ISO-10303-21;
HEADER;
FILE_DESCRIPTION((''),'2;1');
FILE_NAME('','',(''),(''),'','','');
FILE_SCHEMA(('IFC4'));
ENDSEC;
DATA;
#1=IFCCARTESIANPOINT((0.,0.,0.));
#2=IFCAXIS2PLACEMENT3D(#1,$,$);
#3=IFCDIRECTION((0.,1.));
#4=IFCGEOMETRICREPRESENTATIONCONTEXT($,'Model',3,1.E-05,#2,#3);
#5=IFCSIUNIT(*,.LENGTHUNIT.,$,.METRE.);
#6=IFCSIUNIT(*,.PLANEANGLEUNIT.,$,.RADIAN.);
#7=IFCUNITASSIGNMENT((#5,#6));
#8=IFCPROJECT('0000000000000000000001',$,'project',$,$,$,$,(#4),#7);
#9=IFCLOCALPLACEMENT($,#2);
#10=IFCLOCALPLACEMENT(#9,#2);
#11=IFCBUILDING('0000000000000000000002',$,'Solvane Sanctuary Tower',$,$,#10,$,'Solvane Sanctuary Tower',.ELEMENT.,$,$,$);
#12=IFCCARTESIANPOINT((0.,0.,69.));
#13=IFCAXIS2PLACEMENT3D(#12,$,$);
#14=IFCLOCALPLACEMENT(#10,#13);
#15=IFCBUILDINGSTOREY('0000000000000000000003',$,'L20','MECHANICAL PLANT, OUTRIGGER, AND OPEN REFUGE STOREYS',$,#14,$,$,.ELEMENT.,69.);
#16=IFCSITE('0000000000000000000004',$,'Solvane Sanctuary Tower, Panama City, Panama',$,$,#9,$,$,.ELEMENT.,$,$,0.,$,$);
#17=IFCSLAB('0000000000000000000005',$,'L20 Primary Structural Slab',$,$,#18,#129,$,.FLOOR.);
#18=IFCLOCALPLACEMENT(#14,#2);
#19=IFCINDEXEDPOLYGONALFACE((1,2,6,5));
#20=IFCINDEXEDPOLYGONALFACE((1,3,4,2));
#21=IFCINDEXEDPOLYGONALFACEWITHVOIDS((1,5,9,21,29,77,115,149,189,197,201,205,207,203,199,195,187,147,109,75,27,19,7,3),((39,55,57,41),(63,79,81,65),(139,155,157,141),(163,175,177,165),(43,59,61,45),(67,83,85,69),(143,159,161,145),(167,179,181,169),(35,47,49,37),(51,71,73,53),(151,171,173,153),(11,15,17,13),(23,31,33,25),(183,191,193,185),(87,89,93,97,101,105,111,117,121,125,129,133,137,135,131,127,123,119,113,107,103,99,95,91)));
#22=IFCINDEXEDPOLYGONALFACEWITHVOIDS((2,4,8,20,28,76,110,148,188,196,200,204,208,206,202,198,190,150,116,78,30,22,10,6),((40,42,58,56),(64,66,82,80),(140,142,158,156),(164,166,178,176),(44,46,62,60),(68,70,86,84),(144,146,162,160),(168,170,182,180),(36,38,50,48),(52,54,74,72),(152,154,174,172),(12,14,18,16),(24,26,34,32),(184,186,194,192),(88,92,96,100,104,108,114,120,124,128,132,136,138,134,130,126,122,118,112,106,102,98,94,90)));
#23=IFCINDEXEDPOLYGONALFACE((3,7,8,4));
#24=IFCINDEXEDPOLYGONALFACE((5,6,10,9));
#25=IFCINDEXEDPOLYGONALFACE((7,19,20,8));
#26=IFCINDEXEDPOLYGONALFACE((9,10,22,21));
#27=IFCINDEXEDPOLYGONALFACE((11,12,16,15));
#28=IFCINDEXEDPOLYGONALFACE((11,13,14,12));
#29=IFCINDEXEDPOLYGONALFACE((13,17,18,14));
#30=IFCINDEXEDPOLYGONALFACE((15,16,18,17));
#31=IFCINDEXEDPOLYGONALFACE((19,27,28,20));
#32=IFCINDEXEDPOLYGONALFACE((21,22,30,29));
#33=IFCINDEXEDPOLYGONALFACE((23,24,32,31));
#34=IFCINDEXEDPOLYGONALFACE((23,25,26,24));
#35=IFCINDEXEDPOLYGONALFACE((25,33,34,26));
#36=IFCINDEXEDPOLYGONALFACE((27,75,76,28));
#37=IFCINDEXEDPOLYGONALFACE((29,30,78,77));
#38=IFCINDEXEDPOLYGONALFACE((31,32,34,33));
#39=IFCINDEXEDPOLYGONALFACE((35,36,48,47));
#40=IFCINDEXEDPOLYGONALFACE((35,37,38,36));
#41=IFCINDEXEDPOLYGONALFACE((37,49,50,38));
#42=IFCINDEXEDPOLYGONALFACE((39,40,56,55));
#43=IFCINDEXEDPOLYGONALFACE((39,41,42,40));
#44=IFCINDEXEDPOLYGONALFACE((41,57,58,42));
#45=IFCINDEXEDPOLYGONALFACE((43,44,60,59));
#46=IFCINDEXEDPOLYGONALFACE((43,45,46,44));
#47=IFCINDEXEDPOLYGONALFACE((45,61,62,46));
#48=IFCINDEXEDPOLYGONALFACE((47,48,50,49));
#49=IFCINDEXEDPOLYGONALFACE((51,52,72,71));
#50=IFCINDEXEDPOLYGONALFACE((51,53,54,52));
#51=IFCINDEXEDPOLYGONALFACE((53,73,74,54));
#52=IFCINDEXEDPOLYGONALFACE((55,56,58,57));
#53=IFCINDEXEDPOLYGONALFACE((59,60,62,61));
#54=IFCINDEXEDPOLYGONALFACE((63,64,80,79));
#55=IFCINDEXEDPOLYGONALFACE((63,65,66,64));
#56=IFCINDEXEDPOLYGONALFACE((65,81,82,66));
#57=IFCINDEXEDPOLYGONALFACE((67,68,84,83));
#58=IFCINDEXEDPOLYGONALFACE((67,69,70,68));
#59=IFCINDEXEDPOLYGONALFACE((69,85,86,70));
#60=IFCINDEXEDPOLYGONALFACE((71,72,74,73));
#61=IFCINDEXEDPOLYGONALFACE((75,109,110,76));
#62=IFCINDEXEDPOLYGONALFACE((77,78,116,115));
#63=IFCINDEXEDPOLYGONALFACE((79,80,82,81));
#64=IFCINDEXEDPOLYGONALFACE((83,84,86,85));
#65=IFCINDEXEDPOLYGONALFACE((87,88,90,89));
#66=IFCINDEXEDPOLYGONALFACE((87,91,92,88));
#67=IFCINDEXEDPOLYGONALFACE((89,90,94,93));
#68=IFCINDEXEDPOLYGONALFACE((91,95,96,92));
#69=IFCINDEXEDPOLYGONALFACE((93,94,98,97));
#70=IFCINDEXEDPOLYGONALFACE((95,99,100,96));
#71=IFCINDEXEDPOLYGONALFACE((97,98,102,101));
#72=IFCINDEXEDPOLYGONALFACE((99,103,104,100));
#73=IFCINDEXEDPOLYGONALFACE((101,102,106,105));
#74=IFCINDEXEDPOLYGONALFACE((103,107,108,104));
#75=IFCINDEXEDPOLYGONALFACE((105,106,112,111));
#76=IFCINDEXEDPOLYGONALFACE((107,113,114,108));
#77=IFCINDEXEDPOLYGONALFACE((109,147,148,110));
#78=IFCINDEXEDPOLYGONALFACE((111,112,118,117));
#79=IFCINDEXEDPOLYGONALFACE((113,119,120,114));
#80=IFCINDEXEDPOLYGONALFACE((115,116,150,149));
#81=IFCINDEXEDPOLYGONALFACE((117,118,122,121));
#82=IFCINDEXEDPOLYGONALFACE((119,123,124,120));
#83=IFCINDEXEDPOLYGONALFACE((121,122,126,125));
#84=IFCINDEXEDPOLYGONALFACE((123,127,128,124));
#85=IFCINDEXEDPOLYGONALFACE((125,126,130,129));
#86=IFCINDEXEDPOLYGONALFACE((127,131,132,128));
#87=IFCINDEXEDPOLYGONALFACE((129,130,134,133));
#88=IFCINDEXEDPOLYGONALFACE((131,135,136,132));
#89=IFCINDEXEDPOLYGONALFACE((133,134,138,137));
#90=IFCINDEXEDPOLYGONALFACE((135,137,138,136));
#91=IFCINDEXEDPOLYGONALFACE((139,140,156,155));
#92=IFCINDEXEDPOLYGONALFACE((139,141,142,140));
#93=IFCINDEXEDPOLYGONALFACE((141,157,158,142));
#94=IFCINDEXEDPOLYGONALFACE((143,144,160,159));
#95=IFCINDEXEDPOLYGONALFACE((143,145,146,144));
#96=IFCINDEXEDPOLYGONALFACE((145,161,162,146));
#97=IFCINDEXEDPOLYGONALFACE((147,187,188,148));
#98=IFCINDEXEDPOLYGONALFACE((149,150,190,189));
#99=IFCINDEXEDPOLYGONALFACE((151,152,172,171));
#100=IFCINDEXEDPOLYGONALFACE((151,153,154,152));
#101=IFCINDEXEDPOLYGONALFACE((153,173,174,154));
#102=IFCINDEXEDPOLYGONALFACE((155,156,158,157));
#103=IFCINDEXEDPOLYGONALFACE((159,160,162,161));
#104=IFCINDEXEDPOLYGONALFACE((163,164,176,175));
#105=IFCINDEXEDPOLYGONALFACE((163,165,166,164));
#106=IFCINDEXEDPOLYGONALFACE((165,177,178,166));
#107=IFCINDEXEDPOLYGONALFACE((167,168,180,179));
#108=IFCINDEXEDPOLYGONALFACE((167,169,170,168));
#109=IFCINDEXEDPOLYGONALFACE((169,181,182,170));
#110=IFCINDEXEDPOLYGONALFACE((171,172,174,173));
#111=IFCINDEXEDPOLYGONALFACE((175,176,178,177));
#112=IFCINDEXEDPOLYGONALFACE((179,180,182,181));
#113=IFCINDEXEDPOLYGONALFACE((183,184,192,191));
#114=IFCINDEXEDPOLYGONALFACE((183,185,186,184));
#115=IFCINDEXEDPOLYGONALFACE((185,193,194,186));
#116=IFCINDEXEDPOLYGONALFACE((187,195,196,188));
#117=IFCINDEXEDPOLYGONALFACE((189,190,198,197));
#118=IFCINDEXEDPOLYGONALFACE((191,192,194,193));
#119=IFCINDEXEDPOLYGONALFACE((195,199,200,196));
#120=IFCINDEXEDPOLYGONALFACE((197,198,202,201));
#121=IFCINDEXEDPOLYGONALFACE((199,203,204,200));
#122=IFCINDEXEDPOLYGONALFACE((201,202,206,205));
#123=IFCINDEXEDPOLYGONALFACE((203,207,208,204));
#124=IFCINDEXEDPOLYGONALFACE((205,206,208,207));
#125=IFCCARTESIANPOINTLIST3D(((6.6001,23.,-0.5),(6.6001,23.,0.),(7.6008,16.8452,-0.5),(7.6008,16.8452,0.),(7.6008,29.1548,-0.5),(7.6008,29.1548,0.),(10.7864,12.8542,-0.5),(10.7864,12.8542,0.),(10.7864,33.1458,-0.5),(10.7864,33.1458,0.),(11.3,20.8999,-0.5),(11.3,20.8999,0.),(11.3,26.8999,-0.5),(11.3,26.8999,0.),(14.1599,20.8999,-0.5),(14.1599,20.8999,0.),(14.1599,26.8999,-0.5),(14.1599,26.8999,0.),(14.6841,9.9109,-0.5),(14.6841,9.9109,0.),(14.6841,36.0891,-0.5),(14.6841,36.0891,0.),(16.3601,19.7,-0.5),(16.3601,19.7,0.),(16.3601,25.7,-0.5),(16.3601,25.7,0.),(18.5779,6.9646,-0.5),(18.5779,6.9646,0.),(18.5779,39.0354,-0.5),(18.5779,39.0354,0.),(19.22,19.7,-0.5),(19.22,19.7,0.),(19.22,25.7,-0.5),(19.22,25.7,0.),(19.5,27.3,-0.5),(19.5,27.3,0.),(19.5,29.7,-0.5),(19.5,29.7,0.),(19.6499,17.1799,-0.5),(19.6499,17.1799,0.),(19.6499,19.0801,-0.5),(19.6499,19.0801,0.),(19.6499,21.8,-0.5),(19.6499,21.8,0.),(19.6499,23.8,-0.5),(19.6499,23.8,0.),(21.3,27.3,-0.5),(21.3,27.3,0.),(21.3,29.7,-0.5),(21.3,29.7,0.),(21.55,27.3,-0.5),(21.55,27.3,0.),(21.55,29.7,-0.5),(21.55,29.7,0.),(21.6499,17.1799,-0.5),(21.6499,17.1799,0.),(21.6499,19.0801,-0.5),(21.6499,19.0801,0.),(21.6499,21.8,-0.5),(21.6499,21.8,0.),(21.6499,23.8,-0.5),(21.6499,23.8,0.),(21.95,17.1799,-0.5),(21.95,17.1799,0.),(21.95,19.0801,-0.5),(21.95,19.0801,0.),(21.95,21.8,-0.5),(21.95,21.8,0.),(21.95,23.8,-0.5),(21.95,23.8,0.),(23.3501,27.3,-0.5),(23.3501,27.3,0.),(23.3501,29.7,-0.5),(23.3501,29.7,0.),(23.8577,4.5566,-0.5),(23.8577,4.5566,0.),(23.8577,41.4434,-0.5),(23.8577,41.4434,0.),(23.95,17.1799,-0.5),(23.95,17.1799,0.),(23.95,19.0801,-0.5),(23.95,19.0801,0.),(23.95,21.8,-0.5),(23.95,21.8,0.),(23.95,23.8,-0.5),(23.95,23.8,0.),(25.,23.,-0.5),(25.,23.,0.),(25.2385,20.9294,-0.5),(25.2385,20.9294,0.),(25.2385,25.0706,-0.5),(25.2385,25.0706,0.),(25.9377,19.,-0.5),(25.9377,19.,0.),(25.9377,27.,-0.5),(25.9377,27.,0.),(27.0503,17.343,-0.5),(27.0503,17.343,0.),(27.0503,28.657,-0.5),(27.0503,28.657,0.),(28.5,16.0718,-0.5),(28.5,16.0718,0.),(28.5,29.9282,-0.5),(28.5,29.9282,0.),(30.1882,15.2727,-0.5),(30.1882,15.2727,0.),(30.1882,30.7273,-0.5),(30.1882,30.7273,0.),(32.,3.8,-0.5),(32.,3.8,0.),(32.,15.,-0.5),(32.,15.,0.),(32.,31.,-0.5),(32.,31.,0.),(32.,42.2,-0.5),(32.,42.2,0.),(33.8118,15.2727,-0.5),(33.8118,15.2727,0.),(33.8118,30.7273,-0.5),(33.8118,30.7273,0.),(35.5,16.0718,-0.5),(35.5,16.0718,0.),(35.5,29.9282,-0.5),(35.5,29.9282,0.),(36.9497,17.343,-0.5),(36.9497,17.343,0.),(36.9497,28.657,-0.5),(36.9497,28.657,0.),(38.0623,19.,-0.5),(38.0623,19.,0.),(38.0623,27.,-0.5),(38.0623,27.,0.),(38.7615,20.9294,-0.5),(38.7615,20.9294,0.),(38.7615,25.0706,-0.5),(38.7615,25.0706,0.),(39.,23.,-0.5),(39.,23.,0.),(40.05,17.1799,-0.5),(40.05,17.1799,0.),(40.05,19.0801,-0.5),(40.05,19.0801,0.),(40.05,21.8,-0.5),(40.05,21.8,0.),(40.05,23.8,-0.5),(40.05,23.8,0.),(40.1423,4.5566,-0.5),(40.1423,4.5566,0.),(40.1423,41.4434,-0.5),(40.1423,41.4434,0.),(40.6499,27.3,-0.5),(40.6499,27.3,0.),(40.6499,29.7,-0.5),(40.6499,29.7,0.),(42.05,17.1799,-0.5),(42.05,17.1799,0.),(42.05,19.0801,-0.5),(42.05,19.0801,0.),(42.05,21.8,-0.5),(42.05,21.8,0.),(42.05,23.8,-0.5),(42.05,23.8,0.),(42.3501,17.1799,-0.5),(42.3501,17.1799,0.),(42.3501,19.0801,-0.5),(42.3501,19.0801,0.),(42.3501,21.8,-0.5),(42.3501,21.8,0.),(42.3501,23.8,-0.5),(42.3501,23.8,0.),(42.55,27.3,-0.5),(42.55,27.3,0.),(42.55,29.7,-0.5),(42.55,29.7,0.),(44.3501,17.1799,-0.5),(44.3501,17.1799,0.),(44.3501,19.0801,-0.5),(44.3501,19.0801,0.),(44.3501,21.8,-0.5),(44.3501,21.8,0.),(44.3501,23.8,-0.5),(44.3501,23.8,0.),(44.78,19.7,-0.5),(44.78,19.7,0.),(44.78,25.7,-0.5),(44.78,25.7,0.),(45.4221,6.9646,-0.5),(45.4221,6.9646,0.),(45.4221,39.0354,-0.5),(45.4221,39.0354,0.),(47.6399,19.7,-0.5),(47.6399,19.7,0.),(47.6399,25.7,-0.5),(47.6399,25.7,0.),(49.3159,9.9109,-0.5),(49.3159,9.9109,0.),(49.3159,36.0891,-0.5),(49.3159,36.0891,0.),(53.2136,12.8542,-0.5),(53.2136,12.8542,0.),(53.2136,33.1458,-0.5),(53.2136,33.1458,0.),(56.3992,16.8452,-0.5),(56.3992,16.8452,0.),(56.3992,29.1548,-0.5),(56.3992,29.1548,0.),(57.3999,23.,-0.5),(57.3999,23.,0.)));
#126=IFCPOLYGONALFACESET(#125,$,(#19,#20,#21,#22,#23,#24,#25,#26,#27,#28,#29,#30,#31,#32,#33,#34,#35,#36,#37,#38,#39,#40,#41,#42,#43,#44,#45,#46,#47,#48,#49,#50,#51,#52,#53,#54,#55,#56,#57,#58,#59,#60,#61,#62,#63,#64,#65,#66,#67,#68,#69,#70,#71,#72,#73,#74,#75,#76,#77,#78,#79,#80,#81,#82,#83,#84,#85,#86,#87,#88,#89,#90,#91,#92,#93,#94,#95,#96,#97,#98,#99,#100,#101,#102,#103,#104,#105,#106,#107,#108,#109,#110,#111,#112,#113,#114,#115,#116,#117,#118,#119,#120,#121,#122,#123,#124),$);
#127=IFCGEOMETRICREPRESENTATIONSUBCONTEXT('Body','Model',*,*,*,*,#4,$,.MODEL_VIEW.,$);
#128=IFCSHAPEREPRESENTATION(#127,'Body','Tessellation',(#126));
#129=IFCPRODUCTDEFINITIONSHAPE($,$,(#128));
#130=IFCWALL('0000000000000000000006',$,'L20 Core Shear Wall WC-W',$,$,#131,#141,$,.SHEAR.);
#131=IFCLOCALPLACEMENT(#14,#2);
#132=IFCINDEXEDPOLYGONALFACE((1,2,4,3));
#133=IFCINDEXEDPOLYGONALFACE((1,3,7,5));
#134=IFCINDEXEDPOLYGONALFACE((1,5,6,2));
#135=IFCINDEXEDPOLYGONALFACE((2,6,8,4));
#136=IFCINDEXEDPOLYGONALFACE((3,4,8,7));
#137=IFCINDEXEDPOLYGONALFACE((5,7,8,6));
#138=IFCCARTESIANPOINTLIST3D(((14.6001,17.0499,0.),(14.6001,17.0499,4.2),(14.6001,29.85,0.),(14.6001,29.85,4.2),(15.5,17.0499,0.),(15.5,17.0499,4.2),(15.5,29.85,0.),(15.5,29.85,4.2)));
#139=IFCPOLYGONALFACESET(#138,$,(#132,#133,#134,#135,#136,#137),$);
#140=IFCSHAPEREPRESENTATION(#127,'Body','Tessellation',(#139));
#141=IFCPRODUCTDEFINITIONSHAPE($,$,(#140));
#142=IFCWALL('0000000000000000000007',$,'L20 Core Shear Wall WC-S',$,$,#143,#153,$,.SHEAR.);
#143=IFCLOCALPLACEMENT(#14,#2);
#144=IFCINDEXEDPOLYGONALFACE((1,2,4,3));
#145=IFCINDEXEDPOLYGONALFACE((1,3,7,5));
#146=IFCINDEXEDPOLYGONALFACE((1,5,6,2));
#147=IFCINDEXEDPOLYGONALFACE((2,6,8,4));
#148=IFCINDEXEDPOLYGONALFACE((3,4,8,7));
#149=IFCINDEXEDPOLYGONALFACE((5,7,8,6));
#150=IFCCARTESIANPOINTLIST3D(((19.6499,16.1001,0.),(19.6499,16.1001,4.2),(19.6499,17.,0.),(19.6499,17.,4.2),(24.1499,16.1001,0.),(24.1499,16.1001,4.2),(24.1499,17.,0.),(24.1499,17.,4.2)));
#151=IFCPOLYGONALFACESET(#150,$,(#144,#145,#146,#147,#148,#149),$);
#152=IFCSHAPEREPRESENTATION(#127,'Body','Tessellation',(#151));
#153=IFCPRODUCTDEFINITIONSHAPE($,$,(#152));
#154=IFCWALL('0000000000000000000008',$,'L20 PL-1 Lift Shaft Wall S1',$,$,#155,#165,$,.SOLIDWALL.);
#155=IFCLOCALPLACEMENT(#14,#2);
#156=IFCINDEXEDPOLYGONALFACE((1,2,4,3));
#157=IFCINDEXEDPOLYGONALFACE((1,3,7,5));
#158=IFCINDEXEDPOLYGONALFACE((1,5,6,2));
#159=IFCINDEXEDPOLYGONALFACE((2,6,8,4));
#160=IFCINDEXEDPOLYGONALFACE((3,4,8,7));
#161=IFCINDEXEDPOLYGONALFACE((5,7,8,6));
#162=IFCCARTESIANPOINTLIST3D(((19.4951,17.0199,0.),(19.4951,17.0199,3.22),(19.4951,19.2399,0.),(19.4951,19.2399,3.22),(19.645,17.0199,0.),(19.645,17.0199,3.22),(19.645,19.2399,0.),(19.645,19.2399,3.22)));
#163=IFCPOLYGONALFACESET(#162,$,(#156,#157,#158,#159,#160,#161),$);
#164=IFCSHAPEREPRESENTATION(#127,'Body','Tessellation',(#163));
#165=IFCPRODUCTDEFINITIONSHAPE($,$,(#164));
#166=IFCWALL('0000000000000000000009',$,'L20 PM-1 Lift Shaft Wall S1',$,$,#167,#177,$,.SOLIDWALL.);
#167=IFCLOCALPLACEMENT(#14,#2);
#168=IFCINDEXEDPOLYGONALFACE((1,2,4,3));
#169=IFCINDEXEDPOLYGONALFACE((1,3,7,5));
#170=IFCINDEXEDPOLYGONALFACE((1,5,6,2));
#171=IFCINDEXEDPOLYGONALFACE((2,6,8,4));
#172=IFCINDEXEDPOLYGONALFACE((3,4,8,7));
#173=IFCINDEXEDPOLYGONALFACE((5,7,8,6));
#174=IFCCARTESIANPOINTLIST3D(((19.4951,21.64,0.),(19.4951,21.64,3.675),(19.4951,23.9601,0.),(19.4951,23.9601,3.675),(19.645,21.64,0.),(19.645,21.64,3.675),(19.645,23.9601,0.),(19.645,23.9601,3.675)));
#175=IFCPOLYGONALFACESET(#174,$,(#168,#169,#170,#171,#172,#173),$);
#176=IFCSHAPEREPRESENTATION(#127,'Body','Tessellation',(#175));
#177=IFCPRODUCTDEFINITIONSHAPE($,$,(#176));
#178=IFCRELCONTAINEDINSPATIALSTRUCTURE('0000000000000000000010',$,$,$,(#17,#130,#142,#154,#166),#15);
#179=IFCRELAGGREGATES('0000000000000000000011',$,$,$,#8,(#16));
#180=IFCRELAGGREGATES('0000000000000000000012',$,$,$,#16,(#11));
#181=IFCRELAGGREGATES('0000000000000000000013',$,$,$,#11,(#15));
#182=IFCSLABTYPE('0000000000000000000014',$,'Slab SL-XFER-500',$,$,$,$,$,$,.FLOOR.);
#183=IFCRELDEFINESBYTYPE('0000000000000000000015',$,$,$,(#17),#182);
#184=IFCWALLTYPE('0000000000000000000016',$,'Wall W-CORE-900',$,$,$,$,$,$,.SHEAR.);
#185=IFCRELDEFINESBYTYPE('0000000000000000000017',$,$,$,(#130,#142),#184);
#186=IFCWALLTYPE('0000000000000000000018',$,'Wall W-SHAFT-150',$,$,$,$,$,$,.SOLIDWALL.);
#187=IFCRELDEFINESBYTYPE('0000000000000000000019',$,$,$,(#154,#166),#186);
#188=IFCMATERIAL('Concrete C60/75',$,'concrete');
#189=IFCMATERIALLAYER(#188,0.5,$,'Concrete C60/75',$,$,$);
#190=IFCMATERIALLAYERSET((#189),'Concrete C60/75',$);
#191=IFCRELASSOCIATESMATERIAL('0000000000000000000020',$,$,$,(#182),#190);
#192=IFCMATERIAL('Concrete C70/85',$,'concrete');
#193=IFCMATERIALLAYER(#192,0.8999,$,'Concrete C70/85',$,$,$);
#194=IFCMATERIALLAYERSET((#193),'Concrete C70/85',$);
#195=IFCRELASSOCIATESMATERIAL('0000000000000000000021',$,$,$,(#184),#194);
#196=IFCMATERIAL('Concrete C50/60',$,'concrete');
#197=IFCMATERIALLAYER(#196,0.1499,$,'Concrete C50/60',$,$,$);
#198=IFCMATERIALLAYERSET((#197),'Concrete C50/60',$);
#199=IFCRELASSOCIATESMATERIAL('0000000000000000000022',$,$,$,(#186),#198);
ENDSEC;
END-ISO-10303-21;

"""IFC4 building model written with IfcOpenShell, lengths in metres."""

from ifc_helpers import new_model, si_unit, direction, frame, frame_2d, origin, place, context, subcontext, project, spatial, polyline, rectangle, outline, extrude, material, layer, layer_set, type_object, element, save


model = new_model("IFC4")

# Units and contexts
model_context = context("Model", 3, precision=1e-05, world=origin(), true_north=direction((0.0, 1.0)))
body_context = subcontext(model_context, "Body", "Model", "MODEL_VIEW")
ifc_project = project(units=[si_unit("LENGTHUNIT", "METRE"), si_unit("PLANEANGLEUNIT", "RADIAN")], contexts=[model_context])

# Site, building, storey
site_placement = place(None, origin())
site = spatial("IfcSite", under=ifc_project, at=site_placement, Name="Solvane Sanctuary Tower, Panama City, Panama", CompositionType="ELEMENT", RefElevation=0.0)
building_placement = place(site_placement, origin())
building = spatial("IfcBuilding", under=site, at=building_placement, Name="Solvane Sanctuary Tower", LongName="Solvane Sanctuary Tower", CompositionType="ELEMENT")
storey_placement = place(building_placement, frame((0.0, 0.0, 69.0)))
storey = spatial("IfcBuildingStorey", under=building, at=storey_placement, Name="L20", Description="MECHANICAL PLANT, OUTRIGGER, AND OPEN REFUGE STOREYS", CompositionType="ELEMENT", Elevation=69.0)

# Shared definitions
ifc_material_1 = material(Name="Concrete C70/85", Category="concrete")
ifc_material_2 = material(Name="Concrete C60/75", Category="concrete")

# Slab
ifc_layer_1 = layer(ifc_material_2, 0.5, Name="Concrete C60/75")
ifc_layer_set_1 = layer_set([ifc_layer_1], Name="Concrete C60/75")
slab_type_1 = type_object("IfcSlabType", Name="Slab SL-XFER-500", PredefinedType="FLOOR", material=ifc_layer_set_1)
slab_1_placement = place(storey_placement, frame((0.0, 0.0, -0.5)))
element("IfcSlab", 1, at=slab_1_placement, inside=storey, type_object=slab_type_1, Name="L20 Primary Structural Slab", PredefinedType="FLOOR", context=body_context, shape_type="SweptSolid", body=[
    extrude(outline(polyline([(57.3999, 23.0), (56.3992, 29.1548), (53.2136, 33.1458), (49.3159, 36.0891), (45.4221, 39.0354), (40.1423, 41.4434), (32.0, 42.2), (23.8577, 41.4434), (18.5779, 39.0354), (14.6841, 36.0891), (10.7864, 33.1458), (7.6008, 29.1548), (6.6001, 23.0), (7.6008, 16.8452), (10.7864, 12.8542), (14.6841, 9.9109), (18.5779, 6.9646), (23.8577, 4.5566), (32.0, 3.8), (40.1423, 4.5566), (45.4221, 6.9646), (49.3159, 9.9109), (53.2136, 12.8542), (56.3992, 16.8452), (57.3999, 23.0)]), holes=[polyline([(38.7615, 20.9294), (38.0623, 19.0), (36.9497, 17.343), (35.5, 16.0718), (33.8118, 15.2727), (32.0, 15.0), (30.1882, 15.2727), (28.5, 16.0718), (27.0503, 17.343), (25.9377, 19.0), (25.2385, 20.9294), (25.0, 23.0), (25.2385, 25.0706), (25.9377, 27.0), (27.0503, 28.657), (28.5, 29.9282), (30.1882, 30.7273), (32.0, 31.0), (33.8118, 30.7273), (35.5, 29.9282), (36.9497, 28.657), (38.0623, 27.0), (38.7615, 25.0706), (39.0, 23.0), (38.7615, 20.9294)]), polyline([(16.3601, 19.7), (16.3601, 25.7), (19.22, 25.7), (19.22, 19.7), (16.3601, 19.7)]), polyline([(44.78, 19.7), (44.78, 25.7), (47.6399, 25.7), (47.6399, 19.7), (44.78, 19.7)]), polyline([(11.3, 20.8999), (11.3, 26.8999), (14.1599, 26.8999), (14.1599, 20.8999), (11.3, 20.8999)]), polyline([(19.6499, 19.0801), (21.6499, 19.0801), (21.6499, 17.1799), (19.6499, 17.1799), (19.6499, 19.0801)]), polyline([(21.95, 19.0801), (23.95, 19.0801), (23.95, 17.1799), (21.95, 17.1799), (21.95, 19.0801)]), polyline([(40.05, 19.0801), (42.05, 19.0801), (42.05, 17.1799), (40.05, 17.1799), (40.05, 19.0801)]), polyline([(42.3501, 19.0801), (44.3501, 19.0801), (44.3501, 17.1799), (42.3501, 17.1799), (42.3501, 19.0801)]), polyline([(19.6499, 23.8), (21.6499, 23.8), (21.6499, 21.8), (19.6499, 21.8), (19.6499, 23.8)]), polyline([(42.3501, 23.8), (44.3501, 23.8), (44.3501, 21.8), (42.3501, 21.8), (42.3501, 23.8)]), polyline([(21.95, 23.8), (23.95, 23.8), (23.95, 21.8), (21.95, 21.8), (21.95, 23.8)]), polyline([(40.05, 23.8), (42.05, 23.8), (42.05, 21.8), (40.05, 21.8), (40.05, 23.8)]), polyline([(19.5, 29.7), (21.3, 29.7), (21.3, 27.3), (19.5, 27.3), (19.5, 29.7)]), polyline([(21.55, 29.7), (23.3501, 29.7), (23.3501, 27.3), (21.55, 27.3), (21.55, 29.7)]), polyline([(40.6499, 29.7), (42.55, 29.7), (42.55, 27.3), (40.6499, 27.3), (40.6499, 29.7)])]), origin(), (0.0, 0.0, 1.0), 0.5),
])

# Walls
ifc_layer_2 = layer(ifc_material_1, 0.8999, Name="Concrete C70/85")
ifc_layer_set_2 = layer_set([ifc_layer_2], Name="Concrete C70/85")
wall_type_1 = type_object("IfcWallType", Name="Wall W-CORE-900", PredefinedType="SHEAR", material=ifc_layer_set_2)
wall_1_placement = place(storey_placement, frame((15.05, 17.05, 0.0), z_axis=(0.0, 0.0, 1.0), x_axis=(0.0, 1.0, 0.0)))
element("IfcWall", 2, at=wall_1_placement, inside=storey, type_object=wall_type_1, Name="L20 Core Shear Wall WC-W", PredefinedType="SHEAR", context=body_context, shape_type="SweptSolid", body=[
    extrude(rectangle(XDim=12.8, YDim=0.8999, at=frame_2d((6.3999, 0.0))), origin(), (0.0, 0.0, 1.0), 4.2),
])
wall_2_placement = place(storey_placement, frame((19.6499, 16.55, 0.0), z_axis=(0.0, 0.0, 1.0), x_axis=(1.0, 0.0, 0.0)))
element("IfcWall", 3, at=wall_2_placement, inside=storey, type_object=wall_type_1, Name="L20 Core Shear Wall WC-S", PredefinedType="SHEAR", context=body_context, shape_type="SweptSolid", body=[
    extrude(rectangle(XDim=4.5, YDim=0.8999, at=frame_2d((2.25, 0.0))), origin(), (0.0, 0.0, 1.0), 4.2),
])
ifc_material_3 = material(Name="Concrete C50/60", Category="concrete")
ifc_layer_3 = layer(ifc_material_3, 0.1499, Name="Concrete C50/60")
ifc_layer_set_3 = layer_set([ifc_layer_3], Name="Concrete C50/60")
wall_type_2 = type_object("IfcWallType", Name="Wall W-SHAFT-150", PredefinedType="SOLIDWALL", material=ifc_layer_set_3)
wall_3_placement = place(storey_placement, frame((19.5701, 17.02, 0.0), z_axis=(0.0, 0.0, 1.0), x_axis=(0.0, 1.0, 0.0)))
element("IfcWall", 4, at=wall_3_placement, inside=storey, type_object=wall_type_2, Name="L20 PL-1 Lift Shaft Wall S1", PredefinedType="SOLIDWALL", context=body_context, shape_type="SweptSolid", body=[
    extrude(rectangle(XDim=2.22, YDim=0.1499, at=frame_2d((1.1099, 0.0))), origin(), (0.0, 0.0, 1.0), 3.22),
])
wall_4_placement = place(storey_placement, frame((19.5701, 21.6399, 0.0), z_axis=(0.0, 0.0, 1.0), x_axis=(0.0, 1.0, 0.0)))
element("IfcWall", 5, at=wall_4_placement, inside=storey, type_object=wall_type_2, Name="L20 PM-1 Lift Shaft Wall S1", PredefinedType="SOLIDWALL", context=body_context, shape_type="SweptSolid", body=[
    extrude(rectangle(XDim=2.3201, YDim=0.1499, at=frame_2d((1.1602, 0.0))), origin(), (0.0, 0.0, 1.0), 3.675),
])

save(model, "model.ifc")
